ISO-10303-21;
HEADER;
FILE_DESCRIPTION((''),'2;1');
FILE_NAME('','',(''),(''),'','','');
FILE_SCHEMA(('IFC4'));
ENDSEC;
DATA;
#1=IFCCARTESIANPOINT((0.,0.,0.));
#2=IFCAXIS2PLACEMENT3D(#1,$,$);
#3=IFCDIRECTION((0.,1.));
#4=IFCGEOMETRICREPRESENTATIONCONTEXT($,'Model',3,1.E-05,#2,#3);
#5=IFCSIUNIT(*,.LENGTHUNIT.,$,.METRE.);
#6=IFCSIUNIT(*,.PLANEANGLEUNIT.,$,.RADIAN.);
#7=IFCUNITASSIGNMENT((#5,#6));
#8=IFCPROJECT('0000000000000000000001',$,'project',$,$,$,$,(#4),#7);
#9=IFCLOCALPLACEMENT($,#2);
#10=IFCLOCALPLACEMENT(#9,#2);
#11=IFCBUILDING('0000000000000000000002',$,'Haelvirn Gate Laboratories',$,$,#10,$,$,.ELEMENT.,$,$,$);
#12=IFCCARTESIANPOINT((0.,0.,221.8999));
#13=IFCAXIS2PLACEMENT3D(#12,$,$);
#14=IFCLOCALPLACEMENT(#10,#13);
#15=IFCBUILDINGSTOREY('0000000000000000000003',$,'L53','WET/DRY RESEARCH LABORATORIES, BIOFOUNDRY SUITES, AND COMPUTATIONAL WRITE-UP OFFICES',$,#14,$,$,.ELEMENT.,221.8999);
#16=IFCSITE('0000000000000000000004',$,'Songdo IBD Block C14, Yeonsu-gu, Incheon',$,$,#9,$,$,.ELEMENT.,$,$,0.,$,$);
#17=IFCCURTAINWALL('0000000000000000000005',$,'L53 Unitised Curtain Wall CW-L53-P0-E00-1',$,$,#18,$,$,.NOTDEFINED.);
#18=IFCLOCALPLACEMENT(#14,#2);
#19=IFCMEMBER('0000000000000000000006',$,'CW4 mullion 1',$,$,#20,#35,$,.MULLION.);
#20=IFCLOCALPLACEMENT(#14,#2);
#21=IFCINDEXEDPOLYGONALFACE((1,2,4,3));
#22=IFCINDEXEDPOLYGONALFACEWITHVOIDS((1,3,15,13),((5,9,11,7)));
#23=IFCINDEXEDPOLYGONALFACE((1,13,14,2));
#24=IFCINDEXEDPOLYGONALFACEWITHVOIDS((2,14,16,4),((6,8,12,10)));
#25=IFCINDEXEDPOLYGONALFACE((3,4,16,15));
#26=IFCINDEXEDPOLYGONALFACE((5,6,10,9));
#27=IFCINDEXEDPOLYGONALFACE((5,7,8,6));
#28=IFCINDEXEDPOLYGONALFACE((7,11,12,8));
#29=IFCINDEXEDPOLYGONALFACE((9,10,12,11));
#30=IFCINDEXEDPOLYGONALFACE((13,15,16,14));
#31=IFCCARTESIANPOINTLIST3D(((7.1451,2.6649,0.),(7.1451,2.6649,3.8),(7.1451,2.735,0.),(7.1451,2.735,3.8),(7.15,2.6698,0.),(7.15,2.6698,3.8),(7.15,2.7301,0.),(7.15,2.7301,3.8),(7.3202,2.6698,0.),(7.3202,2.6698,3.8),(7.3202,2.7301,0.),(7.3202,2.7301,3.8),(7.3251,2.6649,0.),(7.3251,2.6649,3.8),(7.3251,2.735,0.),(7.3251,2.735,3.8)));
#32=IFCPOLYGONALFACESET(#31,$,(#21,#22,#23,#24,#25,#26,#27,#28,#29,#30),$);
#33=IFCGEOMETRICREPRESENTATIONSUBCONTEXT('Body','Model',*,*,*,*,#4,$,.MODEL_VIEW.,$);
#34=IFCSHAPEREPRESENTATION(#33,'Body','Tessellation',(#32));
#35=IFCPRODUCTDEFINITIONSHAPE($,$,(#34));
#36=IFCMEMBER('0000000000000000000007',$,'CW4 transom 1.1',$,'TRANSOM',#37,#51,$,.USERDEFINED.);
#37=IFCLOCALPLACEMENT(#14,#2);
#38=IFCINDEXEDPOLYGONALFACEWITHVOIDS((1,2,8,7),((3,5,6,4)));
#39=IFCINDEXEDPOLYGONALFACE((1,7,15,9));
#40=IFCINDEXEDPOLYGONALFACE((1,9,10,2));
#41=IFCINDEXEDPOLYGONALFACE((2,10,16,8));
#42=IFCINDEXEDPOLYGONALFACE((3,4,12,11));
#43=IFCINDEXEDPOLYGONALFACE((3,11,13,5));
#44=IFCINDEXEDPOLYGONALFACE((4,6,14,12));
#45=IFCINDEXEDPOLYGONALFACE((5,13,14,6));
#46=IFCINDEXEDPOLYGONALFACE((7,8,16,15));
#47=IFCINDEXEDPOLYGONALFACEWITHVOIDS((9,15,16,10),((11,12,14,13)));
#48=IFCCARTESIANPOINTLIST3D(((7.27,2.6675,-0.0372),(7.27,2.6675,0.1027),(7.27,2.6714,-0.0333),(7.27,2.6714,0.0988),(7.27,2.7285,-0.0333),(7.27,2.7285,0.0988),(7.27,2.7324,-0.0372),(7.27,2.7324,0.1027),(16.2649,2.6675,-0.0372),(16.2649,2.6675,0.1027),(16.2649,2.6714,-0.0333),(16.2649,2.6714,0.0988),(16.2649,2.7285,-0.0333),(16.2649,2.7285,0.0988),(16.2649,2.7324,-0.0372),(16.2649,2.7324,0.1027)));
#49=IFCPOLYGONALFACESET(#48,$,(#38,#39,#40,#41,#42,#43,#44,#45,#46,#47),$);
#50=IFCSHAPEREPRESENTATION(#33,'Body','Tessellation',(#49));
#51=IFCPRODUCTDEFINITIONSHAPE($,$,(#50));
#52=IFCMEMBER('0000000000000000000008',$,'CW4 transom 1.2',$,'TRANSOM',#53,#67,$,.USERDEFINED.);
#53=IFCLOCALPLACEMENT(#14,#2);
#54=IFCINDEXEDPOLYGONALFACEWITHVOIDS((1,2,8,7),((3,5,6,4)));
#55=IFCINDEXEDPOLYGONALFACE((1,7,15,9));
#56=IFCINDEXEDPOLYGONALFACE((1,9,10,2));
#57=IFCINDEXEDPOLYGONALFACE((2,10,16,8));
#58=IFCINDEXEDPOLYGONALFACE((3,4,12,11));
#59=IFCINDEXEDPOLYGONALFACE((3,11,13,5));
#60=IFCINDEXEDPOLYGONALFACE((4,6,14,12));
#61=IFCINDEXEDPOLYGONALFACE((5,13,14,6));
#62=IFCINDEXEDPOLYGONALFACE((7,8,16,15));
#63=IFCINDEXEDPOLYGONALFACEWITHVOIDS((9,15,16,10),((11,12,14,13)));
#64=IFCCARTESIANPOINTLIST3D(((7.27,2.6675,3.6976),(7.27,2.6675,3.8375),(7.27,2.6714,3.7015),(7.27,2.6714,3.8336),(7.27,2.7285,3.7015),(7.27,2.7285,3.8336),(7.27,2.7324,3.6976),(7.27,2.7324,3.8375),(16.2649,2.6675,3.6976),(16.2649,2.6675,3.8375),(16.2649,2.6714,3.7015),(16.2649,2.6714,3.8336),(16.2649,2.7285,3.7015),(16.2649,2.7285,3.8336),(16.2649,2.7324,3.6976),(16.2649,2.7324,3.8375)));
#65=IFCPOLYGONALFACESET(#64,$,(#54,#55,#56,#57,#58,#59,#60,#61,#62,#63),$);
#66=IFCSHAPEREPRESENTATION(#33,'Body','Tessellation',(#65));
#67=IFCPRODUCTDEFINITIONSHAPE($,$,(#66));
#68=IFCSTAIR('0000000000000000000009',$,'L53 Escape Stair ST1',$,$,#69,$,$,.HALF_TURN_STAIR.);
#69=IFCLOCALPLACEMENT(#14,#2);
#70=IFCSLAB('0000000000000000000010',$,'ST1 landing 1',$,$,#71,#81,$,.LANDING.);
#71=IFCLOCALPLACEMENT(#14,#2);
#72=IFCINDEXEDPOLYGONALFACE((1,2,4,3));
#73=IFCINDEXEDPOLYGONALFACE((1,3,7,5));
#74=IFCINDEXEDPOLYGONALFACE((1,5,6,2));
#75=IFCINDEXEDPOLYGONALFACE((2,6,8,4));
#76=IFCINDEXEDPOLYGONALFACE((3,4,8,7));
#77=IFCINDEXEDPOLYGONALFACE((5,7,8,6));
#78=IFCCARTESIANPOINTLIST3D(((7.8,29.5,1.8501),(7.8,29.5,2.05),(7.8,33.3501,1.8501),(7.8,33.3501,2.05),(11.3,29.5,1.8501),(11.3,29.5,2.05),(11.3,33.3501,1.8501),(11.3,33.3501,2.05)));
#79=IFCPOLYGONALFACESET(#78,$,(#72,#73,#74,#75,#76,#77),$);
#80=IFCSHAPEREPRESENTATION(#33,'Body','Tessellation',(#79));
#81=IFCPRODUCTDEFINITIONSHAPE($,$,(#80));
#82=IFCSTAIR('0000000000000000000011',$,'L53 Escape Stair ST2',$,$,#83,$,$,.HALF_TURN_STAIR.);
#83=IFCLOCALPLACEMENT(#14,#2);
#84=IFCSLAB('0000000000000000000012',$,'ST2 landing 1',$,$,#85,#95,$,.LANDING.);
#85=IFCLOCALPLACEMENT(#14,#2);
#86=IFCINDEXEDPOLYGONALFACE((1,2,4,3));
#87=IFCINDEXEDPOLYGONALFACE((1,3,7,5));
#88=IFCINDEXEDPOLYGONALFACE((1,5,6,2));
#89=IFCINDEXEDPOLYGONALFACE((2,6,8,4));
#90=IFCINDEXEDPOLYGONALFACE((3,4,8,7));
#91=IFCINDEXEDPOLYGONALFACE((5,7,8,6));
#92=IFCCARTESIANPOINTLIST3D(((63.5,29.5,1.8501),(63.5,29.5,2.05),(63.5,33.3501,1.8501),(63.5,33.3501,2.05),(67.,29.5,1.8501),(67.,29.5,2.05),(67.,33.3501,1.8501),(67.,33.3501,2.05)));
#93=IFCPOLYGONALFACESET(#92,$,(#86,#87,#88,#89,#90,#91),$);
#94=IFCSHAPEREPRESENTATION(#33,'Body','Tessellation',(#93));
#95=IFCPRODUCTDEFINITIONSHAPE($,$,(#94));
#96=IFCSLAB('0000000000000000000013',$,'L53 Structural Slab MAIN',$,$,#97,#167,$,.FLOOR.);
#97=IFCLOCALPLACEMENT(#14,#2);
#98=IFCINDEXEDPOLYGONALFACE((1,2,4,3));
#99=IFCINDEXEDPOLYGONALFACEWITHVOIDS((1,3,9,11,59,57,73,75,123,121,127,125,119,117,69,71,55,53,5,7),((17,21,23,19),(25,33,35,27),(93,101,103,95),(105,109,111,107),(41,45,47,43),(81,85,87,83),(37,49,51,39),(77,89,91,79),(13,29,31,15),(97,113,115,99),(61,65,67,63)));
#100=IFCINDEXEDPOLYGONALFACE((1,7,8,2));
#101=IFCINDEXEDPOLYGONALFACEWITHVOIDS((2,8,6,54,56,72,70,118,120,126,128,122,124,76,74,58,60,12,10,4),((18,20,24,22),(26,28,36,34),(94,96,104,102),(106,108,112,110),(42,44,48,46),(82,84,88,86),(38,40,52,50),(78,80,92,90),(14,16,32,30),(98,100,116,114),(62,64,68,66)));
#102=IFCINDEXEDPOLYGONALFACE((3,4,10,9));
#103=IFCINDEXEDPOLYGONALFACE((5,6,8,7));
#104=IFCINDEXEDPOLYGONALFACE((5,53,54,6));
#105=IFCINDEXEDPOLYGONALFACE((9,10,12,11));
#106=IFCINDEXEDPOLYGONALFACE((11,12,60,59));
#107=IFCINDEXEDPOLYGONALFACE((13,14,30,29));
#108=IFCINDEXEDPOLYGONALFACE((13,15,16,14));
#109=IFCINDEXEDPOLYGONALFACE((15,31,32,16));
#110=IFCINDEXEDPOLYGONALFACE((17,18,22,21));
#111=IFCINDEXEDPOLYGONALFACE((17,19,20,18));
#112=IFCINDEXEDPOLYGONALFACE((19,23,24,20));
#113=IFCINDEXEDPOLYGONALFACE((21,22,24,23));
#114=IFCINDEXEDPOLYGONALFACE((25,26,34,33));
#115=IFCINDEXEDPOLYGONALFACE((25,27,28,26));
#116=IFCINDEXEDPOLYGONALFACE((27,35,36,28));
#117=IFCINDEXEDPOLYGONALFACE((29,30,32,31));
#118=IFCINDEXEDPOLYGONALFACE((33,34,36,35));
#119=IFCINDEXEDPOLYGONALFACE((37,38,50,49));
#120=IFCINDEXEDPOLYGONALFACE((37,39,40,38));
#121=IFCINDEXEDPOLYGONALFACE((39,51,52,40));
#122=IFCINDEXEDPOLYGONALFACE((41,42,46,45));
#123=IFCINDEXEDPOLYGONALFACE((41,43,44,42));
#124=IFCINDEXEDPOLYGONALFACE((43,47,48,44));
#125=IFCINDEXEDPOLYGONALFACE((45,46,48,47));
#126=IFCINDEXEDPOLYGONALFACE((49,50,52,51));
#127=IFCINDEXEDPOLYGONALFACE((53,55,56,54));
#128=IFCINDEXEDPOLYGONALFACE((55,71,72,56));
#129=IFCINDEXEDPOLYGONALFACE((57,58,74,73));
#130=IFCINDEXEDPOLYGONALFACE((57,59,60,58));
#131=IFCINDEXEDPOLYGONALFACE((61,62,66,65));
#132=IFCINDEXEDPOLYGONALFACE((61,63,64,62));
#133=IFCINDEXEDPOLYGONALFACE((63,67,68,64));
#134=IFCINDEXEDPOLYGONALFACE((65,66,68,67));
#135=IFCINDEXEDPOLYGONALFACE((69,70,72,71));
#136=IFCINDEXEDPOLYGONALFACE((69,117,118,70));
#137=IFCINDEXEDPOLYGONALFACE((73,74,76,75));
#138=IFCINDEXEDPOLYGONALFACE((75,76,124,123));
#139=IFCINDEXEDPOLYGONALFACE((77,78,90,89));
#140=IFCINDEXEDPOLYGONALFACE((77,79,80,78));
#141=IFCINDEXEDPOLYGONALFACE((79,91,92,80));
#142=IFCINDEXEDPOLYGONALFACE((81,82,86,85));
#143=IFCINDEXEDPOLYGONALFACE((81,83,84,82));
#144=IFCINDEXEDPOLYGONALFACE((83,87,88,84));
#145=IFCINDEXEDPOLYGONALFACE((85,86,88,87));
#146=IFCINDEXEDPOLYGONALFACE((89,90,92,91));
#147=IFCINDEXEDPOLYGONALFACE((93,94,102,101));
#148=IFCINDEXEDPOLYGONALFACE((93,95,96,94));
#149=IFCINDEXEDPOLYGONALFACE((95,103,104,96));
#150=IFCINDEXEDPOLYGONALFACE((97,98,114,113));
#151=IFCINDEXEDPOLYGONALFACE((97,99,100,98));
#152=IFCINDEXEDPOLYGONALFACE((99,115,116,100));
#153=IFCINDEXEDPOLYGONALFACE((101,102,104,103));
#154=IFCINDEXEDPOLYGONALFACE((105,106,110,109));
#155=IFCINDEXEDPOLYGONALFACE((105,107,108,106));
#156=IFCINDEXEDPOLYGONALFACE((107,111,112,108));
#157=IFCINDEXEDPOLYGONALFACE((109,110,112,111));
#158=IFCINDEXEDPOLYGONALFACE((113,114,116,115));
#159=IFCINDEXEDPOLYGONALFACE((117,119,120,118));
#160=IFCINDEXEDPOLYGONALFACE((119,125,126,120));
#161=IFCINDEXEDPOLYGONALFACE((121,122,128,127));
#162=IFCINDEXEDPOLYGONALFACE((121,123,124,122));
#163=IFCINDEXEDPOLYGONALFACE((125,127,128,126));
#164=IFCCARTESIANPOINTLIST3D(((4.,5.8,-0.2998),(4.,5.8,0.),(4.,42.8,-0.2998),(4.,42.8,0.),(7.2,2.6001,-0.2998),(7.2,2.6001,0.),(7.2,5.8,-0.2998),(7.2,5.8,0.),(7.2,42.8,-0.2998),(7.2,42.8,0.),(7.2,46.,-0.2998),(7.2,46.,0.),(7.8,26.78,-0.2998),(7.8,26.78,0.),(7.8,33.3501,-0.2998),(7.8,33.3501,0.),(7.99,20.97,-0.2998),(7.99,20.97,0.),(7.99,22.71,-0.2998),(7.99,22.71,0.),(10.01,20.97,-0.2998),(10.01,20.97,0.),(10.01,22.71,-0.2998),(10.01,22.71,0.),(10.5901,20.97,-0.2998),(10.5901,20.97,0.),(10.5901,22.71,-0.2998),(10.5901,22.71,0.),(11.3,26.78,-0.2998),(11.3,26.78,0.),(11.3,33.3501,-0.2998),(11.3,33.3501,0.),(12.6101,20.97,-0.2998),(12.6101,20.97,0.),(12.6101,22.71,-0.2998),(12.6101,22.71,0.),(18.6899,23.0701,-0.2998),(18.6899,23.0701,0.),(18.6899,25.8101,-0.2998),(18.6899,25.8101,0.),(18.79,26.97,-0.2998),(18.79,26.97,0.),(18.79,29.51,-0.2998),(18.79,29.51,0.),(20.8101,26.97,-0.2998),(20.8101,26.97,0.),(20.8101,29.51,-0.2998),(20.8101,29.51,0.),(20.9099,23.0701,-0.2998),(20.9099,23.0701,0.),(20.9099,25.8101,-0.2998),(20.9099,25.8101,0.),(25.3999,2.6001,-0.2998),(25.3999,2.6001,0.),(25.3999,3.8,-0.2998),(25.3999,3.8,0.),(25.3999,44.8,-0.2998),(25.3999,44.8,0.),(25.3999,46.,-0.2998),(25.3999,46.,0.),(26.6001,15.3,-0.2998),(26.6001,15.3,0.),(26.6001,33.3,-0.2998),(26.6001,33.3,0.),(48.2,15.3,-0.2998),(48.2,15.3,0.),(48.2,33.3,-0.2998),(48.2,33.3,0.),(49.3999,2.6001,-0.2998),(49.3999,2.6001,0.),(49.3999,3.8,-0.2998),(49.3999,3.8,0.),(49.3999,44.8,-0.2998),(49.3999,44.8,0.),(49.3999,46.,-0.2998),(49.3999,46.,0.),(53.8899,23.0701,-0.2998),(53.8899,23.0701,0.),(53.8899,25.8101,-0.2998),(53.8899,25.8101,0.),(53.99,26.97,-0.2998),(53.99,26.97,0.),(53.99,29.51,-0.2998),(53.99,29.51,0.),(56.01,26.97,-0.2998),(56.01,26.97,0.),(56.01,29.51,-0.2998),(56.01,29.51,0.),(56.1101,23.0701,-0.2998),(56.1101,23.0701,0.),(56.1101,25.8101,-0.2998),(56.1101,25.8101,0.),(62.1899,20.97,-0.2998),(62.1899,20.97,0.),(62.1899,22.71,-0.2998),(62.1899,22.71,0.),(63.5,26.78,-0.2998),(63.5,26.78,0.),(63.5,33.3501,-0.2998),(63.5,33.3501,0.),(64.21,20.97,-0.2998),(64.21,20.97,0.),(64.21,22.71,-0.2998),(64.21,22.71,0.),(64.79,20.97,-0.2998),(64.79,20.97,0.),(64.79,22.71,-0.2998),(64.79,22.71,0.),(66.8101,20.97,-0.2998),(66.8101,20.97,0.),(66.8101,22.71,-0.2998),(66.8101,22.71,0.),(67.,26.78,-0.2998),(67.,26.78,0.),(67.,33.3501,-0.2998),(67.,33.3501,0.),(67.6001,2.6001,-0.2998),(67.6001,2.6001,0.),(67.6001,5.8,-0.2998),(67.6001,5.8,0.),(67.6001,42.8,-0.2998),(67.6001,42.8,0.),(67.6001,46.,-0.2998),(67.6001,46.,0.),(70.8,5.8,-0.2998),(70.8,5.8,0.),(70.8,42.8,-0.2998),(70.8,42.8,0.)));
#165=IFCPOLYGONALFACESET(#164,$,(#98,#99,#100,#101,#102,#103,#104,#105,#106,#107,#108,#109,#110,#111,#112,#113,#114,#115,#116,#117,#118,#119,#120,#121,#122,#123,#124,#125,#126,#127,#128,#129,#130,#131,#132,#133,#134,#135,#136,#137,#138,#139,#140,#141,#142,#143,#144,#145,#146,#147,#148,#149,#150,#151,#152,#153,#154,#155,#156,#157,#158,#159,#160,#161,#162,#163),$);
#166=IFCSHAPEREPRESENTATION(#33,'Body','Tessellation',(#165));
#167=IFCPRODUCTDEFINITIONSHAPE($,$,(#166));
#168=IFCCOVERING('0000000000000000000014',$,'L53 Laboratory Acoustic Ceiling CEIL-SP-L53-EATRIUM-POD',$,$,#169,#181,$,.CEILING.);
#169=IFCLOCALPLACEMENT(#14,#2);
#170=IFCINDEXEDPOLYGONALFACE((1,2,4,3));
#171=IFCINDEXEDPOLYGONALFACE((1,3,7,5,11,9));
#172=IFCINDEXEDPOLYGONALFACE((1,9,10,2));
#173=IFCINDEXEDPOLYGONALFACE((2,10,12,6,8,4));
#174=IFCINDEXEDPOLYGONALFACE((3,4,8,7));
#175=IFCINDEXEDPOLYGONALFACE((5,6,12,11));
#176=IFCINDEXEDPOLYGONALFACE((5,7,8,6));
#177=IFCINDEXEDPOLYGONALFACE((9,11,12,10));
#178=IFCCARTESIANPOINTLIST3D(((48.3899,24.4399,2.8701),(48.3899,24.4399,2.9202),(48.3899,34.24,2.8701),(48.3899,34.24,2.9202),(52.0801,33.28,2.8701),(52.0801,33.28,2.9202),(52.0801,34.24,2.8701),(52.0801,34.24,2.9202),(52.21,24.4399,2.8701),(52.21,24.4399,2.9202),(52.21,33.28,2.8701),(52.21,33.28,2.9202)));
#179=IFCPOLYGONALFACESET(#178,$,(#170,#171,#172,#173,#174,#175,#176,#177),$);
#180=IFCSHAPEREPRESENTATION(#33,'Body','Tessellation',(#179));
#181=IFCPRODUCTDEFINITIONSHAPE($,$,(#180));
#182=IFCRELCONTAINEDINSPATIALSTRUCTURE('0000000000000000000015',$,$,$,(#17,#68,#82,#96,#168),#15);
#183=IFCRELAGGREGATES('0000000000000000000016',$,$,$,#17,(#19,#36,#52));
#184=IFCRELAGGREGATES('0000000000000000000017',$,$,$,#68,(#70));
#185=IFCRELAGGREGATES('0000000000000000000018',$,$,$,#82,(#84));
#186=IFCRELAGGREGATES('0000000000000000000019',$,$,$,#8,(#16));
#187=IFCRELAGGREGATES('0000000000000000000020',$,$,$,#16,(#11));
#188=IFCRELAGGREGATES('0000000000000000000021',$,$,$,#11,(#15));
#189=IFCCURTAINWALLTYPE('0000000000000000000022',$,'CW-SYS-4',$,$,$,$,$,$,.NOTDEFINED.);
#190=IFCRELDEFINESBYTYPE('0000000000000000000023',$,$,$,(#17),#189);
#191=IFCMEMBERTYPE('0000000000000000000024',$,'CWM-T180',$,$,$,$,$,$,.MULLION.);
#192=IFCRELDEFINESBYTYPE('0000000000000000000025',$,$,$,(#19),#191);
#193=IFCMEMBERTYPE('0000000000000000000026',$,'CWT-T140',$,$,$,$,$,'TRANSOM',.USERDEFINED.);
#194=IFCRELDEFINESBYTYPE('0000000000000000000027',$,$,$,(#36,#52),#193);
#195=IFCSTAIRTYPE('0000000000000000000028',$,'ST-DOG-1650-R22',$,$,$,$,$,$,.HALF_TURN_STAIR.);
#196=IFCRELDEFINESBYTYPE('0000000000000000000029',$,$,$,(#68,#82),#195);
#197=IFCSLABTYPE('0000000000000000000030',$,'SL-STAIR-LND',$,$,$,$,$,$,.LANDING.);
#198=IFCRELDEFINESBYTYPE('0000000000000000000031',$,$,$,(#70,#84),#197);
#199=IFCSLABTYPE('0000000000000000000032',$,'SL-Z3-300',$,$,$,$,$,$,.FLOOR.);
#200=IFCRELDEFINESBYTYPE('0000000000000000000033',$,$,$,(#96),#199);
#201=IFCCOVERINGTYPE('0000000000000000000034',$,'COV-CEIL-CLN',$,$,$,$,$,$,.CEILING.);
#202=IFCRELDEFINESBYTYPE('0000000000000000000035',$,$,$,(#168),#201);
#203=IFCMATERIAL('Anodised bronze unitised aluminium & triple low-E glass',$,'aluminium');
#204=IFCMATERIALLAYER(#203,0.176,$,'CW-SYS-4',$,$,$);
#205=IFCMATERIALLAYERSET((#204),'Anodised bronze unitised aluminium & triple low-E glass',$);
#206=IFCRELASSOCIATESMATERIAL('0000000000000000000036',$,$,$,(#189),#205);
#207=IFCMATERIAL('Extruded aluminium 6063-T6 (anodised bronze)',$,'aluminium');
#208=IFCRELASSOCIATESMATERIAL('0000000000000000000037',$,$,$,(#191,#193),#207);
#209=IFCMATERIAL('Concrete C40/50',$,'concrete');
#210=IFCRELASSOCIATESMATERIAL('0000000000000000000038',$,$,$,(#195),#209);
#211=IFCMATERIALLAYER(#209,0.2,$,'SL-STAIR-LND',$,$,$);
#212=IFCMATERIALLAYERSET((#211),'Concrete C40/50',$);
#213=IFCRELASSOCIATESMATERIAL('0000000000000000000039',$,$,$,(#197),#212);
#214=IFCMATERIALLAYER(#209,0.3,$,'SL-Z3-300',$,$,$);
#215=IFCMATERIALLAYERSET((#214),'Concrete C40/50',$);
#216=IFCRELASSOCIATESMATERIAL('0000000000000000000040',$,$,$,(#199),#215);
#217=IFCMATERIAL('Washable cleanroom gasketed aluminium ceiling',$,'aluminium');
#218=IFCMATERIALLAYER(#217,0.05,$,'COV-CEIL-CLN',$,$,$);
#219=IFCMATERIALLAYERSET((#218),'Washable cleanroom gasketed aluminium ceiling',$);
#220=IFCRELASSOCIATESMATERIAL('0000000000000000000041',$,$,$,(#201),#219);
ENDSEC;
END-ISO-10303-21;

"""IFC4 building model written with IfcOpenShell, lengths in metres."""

from ifc_helpers import new_model, si_unit, direction, frame, origin, origin_2d, place, context, subcontext, project, spatial, polyline, hollow_rectangle, outline, extrude, source, transform, mapped, material, layer, layer_set, material_profile, profile_set, type_object, type_shapes, element, aggregate, save


model = new_model("IFC4")

# Units and contexts
model_context = context("Model", 3, precision=1e-05, world=origin(), true_north=direction((0.0, 1.0)))
body_context = subcontext(model_context, "Body", "Model", "MODEL_VIEW")
ifc_project = project(units=[si_unit("LENGTHUNIT", "METRE"), si_unit("PLANEANGLEUNIT", "RADIAN")], contexts=[model_context])

# Site, building, storey
site_placement = place(None, origin())
site = spatial("IfcSite", under=ifc_project, at=site_placement, Name="Songdo IBD Block C14, Yeonsu-gu, Incheon", CompositionType="ELEMENT", RefElevation=0.0)
building_placement = place(site_placement, origin())
building = spatial("IfcBuilding", under=site, at=building_placement, Name="Haelvirn Gate Laboratories", CompositionType="ELEMENT")
storey_placement = place(building_placement, frame((0.0, 0.0, 221.8999)))
storey = spatial("IfcBuildingStorey", under=building, at=storey_placement, Name="L53", Description="WET/DRY RESEARCH LABORATORIES, BIOFOUNDRY SUITES, AND COMPUTATIONAL WRITE-UP OFFICES", CompositionType="ELEMENT", Elevation=221.8999)

# Curtain wall, members
ifc_material_1 = material(Name="Anodised bronze unitised aluminium & triple low-E glass", Category="aluminium")
ifc_layer_1 = layer(ifc_material_1, 0.176, Name="CW-SYS-4")
ifc_layer_set_1 = layer_set([ifc_layer_1], Name="Anodised bronze unitised aluminium & triple low-E glass")
curtain_wall_type = type_object("IfcCurtainWallType", Name="CW-SYS-4", PredefinedType="NOTDEFINED", material=ifc_layer_set_1)
curtain_wall_placement = place(storey_placement, origin())
curtain_wall = element("IfcCurtainWall", 1, at=curtain_wall_placement, inside=storey, type_object=curtain_wall_type, Name="L53 Unitised Curtain Wall CW-L53-P0-E00-1", PredefinedType="NOTDEFINED")
ifc_material_2 = material(Name="Extruded aluminium 6063-T6 (anodised bronze)", Category="aluminium")
ifc_material_profile_1 = material_profile(ifc_material_2, hollow_rectangle(XDim=0.0701, YDim=0.1799, WallThickness=0.0049, at=origin_2d()), Name="CWM-180x70x5")
ifc_profile_set_1 = profile_set([ifc_material_profile_1], Name="Extruded aluminium 6063-T6 (anodised bronze)")
member_type_1 = type_object("IfcMemberType", Name="CWM-T180", PredefinedType="MULLION", material=ifc_profile_set_1)
shared_shape_1 = source(origin(), body_context, "Body", "SweptSolid", [
    extrude(hollow_rectangle(XDim=0.0701, YDim=0.1799, WallThickness=0.0049, at=origin_2d()), origin(), (0.0, 0.0, 1.0), 3.8),
])
type_shapes(member_type_1, [shared_shape_1])
member_1_placement = place(storey_placement, frame((7.2351, 2.7, 0.0), z_axis=(0.0, 0.0, 1.0), x_axis=(0.0, 1.0, 0.0)))
member_1 = element("IfcMember", 2, at=member_1_placement, type_object=member_type_1, Name="CW4 mullion 1", PredefinedType="MULLION", context=body_context, shape_type="MappedRepresentation", body=[
    mapped(shared_shape_1, transform((0.0, 0.0, 0.0), scale=1.0)),
])
ifc_material_profile_2 = material_profile(ifc_material_2, hollow_rectangle(XDim=0.0649, YDim=0.1399, WallThickness=0.0039, at=origin_2d()), Name="CWT-140x65x4")
ifc_profile_set_2 = profile_set([ifc_material_profile_2], Name="Extruded aluminium 6063-T6 (anodised bronze)")
member_type_2 = type_object("IfcMemberType", Name="CWT-T140", ElementType="TRANSOM", PredefinedType="USERDEFINED", material=ifc_profile_set_2)
shared_shape_2 = source(origin(), body_context, "Body", "SweptSolid", [
    extrude(hollow_rectangle(XDim=0.0649, YDim=0.1399, WallThickness=0.0039, at=origin_2d()), origin(), (0.0, 0.0, 1.0), 8.9949),
])
type_shapes(member_type_2, [shared_shape_2])
member_2_placement = place(storey_placement, frame((7.27, 2.7, 0.0327), z_axis=(1.0, 0.0, 0.0), x_axis=(0.0, 1.0, 0.0)))
member_2 = element("IfcMember", 3, at=member_2_placement, type_object=member_type_2, Name="CW4 transom 1.1", ObjectType="TRANSOM", PredefinedType="USERDEFINED", context=body_context, shape_type="MappedRepresentation", body=[
    mapped(shared_shape_2, transform((0.0, 0.0, 0.0), scale=1.0)),
])
member_3_placement = place(storey_placement, frame((7.27, 2.7, 3.7676), z_axis=(1.0, 0.0, 0.0), x_axis=(0.0, 1.0, 0.0)))
member_3 = element("IfcMember", 4, at=member_3_placement, type_object=member_type_2, Name="CW4 transom 1.2", ObjectType="TRANSOM", PredefinedType="USERDEFINED", context=body_context, shape_type="MappedRepresentation", body=[
    mapped(shared_shape_2, transform((0.0, 0.0, 0.0), scale=1.0)),
])
aggregate(curtain_wall, [member_1, member_2, member_3])

# Stairs, slabs
ifc_material_3 = material(Name="Concrete C40/50", Category="concrete")
stair_type = type_object("IfcStairType", Name="ST-DOG-1650-R22", PredefinedType="HALF_TURN_STAIR", material=ifc_material_3)
stair_1_placement = place(storey_placement, origin())
stair_1 = element("IfcStair", 5, at=stair_1_placement, inside=storey, type_object=stair_type, Name="L53 Escape Stair ST1", PredefinedType="HALF_TURN_STAIR")
ifc_layer_2 = layer(ifc_material_3, 0.2, Name="SL-STAIR-LND")
ifc_layer_set_2 = layer_set([ifc_layer_2], Name="Concrete C40/50")
slab_type_1 = type_object("IfcSlabType", Name="SL-STAIR-LND", PredefinedType="LANDING", material=ifc_layer_set_2)
slab_1_placement = place(storey_placement, frame((0.0, 0.0, 1.8501)))
slab_1 = element("IfcSlab", 6, at=slab_1_placement, type_object=slab_type_1, Name="ST1 landing 1", PredefinedType="LANDING", context=body_context, shape_type="SweptSolid", body=[
    extrude(outline(polyline([(11.3, 29.5), (11.3, 33.3501), (7.8, 33.3501), (7.8, 29.5), (11.3, 29.5)])), origin(), (0.0, 0.0, 1.0), 0.2),
])
aggregate(stair_1, [slab_1])
stair_2_placement = place(storey_placement, origin())
stair_2 = element("IfcStair", 7, at=stair_2_placement, inside=storey, type_object=stair_type, Name="L53 Escape Stair ST2", PredefinedType="HALF_TURN_STAIR")
slab_2_placement = place(storey_placement, frame((0.0, 0.0, 1.8501)))
slab_2 = element("IfcSlab", 8, at=slab_2_placement, type_object=slab_type_1, Name="ST2 landing 1", PredefinedType="LANDING", context=body_context, shape_type="SweptSolid", body=[
    extrude(outline(polyline([(67.0, 29.5), (67.0, 33.3501), (63.5, 33.3501), (63.5, 29.5), (67.0, 29.5)])), origin(), (0.0, 0.0, 1.0), 0.2),
])
aggregate(stair_2, [slab_2])

# Slab
ifc_layer_3 = layer(ifc_material_3, 0.3, Name="SL-Z3-300")
ifc_layer_set_3 = layer_set([ifc_layer_3], Name="Concrete C40/50")
slab_type_2 = type_object("IfcSlabType", Name="SL-Z3-300", PredefinedType="FLOOR", material=ifc_layer_set_3)
slab_3_placement = place(storey_placement, frame((0.0, 0.0, -0.2998)))
element("IfcSlab", 9, at=slab_3_placement, inside=storey, type_object=slab_type_2, Name="L53 Structural Slab MAIN", PredefinedType="FLOOR", context=body_context, shape_type="SweptSolid", body=[
    extrude(outline(polyline([(7.2, 2.6001), (25.3999, 2.6001), (25.3999, 3.8), (49.3999, 3.8), (49.3999, 2.6001), (67.6001, 2.6001), (67.6001, 5.8), (70.8, 5.8), (70.8, 42.8), (67.6001, 42.8), (67.6001, 46.0), (49.3999, 46.0), (49.3999, 44.8), (25.3999, 44.8), (25.3999, 46.0), (7.2, 46.0), (7.2, 42.8), (4.0, 42.8), (4.0, 5.8), (7.2, 5.8), (7.2, 2.6001)]), holes=[polyline([(26.6001, 15.3), (48.2, 15.3), (48.2, 33.3), (26.6001, 33.3), (26.6001, 15.3)]), polyline([(11.3, 26.78), (11.3, 33.3501), (7.8, 33.3501), (7.8, 26.78), (11.3, 26.78)]), polyline([(67.0, 26.78), (67.0, 33.3501), (63.5, 33.3501), (63.5, 26.78), (67.0, 26.78)]), polyline([(7.99, 20.97), (10.01, 20.97), (10.01, 22.71), (7.99, 22.71), (7.99, 20.97)]), polyline([(10.5901, 20.97), (12.6101, 20.97), (12.6101, 22.71), (10.5901, 22.71), (10.5901, 20.97)]), polyline([(18.79, 26.97), (20.8101, 26.97), (20.8101, 29.51), (18.79, 29.51), (18.79, 26.97)]), polyline([(18.6899, 23.0701), (20.9099, 23.0701), (20.9099, 25.8101), (18.6899, 25.8101), (18.6899, 23.0701)]), polyline([(64.79, 20.97), (66.8101, 20.97), (66.8101, 22.71), (64.79, 22.71), (64.79, 20.97)]), polyline([(62.1899, 20.97), (64.21, 20.97), (64.21, 22.71), (62.1899, 22.71), (62.1899, 20.97)]), polyline([(53.99, 26.97), (56.01, 26.97), (56.01, 29.51), (53.99, 29.51), (53.99, 26.97)]), polyline([(53.8899, 23.0701), (56.1101, 23.0701), (56.1101, 25.8101), (53.8899, 25.8101), (53.8899, 23.0701)])]), origin(), (0.0, 0.0, 1.0), 0.2998),
])

# Covering
ifc_material_4 = material(Name="Washable cleanroom gasketed aluminium ceiling", Category="aluminium")
ifc_layer_4 = layer(ifc_material_4, 0.05, Name="COV-CEIL-CLN")
ifc_layer_set_4 = layer_set([ifc_layer_4], Name="Washable cleanroom gasketed aluminium ceiling")
covering_type = type_object("IfcCoveringType", Name="COV-CEIL-CLN", PredefinedType="CEILING", material=ifc_layer_set_4)
covering_1_placement = place(storey_placement, frame((0.0, 0.0, 2.8701)))
element("IfcCovering", 10, at=covering_1_placement, inside=storey, type_object=covering_type, Name="L53 Laboratory Acoustic Ceiling CEIL-SP-L53-EATRIUM-POD", PredefinedType="CEILING", context=body_context, shape_type="SweptSolid", body=[
    extrude(outline(polyline([(52.21, 24.4399), (48.3899, 24.4399), (48.3899, 34.24), (52.0801, 34.24), (52.0801, 33.28), (52.21, 33.28), (52.21, 24.4399)])), origin(), (0.0, 0.0, 1.0), 0.05),
])

save(model, "model.ifc")
